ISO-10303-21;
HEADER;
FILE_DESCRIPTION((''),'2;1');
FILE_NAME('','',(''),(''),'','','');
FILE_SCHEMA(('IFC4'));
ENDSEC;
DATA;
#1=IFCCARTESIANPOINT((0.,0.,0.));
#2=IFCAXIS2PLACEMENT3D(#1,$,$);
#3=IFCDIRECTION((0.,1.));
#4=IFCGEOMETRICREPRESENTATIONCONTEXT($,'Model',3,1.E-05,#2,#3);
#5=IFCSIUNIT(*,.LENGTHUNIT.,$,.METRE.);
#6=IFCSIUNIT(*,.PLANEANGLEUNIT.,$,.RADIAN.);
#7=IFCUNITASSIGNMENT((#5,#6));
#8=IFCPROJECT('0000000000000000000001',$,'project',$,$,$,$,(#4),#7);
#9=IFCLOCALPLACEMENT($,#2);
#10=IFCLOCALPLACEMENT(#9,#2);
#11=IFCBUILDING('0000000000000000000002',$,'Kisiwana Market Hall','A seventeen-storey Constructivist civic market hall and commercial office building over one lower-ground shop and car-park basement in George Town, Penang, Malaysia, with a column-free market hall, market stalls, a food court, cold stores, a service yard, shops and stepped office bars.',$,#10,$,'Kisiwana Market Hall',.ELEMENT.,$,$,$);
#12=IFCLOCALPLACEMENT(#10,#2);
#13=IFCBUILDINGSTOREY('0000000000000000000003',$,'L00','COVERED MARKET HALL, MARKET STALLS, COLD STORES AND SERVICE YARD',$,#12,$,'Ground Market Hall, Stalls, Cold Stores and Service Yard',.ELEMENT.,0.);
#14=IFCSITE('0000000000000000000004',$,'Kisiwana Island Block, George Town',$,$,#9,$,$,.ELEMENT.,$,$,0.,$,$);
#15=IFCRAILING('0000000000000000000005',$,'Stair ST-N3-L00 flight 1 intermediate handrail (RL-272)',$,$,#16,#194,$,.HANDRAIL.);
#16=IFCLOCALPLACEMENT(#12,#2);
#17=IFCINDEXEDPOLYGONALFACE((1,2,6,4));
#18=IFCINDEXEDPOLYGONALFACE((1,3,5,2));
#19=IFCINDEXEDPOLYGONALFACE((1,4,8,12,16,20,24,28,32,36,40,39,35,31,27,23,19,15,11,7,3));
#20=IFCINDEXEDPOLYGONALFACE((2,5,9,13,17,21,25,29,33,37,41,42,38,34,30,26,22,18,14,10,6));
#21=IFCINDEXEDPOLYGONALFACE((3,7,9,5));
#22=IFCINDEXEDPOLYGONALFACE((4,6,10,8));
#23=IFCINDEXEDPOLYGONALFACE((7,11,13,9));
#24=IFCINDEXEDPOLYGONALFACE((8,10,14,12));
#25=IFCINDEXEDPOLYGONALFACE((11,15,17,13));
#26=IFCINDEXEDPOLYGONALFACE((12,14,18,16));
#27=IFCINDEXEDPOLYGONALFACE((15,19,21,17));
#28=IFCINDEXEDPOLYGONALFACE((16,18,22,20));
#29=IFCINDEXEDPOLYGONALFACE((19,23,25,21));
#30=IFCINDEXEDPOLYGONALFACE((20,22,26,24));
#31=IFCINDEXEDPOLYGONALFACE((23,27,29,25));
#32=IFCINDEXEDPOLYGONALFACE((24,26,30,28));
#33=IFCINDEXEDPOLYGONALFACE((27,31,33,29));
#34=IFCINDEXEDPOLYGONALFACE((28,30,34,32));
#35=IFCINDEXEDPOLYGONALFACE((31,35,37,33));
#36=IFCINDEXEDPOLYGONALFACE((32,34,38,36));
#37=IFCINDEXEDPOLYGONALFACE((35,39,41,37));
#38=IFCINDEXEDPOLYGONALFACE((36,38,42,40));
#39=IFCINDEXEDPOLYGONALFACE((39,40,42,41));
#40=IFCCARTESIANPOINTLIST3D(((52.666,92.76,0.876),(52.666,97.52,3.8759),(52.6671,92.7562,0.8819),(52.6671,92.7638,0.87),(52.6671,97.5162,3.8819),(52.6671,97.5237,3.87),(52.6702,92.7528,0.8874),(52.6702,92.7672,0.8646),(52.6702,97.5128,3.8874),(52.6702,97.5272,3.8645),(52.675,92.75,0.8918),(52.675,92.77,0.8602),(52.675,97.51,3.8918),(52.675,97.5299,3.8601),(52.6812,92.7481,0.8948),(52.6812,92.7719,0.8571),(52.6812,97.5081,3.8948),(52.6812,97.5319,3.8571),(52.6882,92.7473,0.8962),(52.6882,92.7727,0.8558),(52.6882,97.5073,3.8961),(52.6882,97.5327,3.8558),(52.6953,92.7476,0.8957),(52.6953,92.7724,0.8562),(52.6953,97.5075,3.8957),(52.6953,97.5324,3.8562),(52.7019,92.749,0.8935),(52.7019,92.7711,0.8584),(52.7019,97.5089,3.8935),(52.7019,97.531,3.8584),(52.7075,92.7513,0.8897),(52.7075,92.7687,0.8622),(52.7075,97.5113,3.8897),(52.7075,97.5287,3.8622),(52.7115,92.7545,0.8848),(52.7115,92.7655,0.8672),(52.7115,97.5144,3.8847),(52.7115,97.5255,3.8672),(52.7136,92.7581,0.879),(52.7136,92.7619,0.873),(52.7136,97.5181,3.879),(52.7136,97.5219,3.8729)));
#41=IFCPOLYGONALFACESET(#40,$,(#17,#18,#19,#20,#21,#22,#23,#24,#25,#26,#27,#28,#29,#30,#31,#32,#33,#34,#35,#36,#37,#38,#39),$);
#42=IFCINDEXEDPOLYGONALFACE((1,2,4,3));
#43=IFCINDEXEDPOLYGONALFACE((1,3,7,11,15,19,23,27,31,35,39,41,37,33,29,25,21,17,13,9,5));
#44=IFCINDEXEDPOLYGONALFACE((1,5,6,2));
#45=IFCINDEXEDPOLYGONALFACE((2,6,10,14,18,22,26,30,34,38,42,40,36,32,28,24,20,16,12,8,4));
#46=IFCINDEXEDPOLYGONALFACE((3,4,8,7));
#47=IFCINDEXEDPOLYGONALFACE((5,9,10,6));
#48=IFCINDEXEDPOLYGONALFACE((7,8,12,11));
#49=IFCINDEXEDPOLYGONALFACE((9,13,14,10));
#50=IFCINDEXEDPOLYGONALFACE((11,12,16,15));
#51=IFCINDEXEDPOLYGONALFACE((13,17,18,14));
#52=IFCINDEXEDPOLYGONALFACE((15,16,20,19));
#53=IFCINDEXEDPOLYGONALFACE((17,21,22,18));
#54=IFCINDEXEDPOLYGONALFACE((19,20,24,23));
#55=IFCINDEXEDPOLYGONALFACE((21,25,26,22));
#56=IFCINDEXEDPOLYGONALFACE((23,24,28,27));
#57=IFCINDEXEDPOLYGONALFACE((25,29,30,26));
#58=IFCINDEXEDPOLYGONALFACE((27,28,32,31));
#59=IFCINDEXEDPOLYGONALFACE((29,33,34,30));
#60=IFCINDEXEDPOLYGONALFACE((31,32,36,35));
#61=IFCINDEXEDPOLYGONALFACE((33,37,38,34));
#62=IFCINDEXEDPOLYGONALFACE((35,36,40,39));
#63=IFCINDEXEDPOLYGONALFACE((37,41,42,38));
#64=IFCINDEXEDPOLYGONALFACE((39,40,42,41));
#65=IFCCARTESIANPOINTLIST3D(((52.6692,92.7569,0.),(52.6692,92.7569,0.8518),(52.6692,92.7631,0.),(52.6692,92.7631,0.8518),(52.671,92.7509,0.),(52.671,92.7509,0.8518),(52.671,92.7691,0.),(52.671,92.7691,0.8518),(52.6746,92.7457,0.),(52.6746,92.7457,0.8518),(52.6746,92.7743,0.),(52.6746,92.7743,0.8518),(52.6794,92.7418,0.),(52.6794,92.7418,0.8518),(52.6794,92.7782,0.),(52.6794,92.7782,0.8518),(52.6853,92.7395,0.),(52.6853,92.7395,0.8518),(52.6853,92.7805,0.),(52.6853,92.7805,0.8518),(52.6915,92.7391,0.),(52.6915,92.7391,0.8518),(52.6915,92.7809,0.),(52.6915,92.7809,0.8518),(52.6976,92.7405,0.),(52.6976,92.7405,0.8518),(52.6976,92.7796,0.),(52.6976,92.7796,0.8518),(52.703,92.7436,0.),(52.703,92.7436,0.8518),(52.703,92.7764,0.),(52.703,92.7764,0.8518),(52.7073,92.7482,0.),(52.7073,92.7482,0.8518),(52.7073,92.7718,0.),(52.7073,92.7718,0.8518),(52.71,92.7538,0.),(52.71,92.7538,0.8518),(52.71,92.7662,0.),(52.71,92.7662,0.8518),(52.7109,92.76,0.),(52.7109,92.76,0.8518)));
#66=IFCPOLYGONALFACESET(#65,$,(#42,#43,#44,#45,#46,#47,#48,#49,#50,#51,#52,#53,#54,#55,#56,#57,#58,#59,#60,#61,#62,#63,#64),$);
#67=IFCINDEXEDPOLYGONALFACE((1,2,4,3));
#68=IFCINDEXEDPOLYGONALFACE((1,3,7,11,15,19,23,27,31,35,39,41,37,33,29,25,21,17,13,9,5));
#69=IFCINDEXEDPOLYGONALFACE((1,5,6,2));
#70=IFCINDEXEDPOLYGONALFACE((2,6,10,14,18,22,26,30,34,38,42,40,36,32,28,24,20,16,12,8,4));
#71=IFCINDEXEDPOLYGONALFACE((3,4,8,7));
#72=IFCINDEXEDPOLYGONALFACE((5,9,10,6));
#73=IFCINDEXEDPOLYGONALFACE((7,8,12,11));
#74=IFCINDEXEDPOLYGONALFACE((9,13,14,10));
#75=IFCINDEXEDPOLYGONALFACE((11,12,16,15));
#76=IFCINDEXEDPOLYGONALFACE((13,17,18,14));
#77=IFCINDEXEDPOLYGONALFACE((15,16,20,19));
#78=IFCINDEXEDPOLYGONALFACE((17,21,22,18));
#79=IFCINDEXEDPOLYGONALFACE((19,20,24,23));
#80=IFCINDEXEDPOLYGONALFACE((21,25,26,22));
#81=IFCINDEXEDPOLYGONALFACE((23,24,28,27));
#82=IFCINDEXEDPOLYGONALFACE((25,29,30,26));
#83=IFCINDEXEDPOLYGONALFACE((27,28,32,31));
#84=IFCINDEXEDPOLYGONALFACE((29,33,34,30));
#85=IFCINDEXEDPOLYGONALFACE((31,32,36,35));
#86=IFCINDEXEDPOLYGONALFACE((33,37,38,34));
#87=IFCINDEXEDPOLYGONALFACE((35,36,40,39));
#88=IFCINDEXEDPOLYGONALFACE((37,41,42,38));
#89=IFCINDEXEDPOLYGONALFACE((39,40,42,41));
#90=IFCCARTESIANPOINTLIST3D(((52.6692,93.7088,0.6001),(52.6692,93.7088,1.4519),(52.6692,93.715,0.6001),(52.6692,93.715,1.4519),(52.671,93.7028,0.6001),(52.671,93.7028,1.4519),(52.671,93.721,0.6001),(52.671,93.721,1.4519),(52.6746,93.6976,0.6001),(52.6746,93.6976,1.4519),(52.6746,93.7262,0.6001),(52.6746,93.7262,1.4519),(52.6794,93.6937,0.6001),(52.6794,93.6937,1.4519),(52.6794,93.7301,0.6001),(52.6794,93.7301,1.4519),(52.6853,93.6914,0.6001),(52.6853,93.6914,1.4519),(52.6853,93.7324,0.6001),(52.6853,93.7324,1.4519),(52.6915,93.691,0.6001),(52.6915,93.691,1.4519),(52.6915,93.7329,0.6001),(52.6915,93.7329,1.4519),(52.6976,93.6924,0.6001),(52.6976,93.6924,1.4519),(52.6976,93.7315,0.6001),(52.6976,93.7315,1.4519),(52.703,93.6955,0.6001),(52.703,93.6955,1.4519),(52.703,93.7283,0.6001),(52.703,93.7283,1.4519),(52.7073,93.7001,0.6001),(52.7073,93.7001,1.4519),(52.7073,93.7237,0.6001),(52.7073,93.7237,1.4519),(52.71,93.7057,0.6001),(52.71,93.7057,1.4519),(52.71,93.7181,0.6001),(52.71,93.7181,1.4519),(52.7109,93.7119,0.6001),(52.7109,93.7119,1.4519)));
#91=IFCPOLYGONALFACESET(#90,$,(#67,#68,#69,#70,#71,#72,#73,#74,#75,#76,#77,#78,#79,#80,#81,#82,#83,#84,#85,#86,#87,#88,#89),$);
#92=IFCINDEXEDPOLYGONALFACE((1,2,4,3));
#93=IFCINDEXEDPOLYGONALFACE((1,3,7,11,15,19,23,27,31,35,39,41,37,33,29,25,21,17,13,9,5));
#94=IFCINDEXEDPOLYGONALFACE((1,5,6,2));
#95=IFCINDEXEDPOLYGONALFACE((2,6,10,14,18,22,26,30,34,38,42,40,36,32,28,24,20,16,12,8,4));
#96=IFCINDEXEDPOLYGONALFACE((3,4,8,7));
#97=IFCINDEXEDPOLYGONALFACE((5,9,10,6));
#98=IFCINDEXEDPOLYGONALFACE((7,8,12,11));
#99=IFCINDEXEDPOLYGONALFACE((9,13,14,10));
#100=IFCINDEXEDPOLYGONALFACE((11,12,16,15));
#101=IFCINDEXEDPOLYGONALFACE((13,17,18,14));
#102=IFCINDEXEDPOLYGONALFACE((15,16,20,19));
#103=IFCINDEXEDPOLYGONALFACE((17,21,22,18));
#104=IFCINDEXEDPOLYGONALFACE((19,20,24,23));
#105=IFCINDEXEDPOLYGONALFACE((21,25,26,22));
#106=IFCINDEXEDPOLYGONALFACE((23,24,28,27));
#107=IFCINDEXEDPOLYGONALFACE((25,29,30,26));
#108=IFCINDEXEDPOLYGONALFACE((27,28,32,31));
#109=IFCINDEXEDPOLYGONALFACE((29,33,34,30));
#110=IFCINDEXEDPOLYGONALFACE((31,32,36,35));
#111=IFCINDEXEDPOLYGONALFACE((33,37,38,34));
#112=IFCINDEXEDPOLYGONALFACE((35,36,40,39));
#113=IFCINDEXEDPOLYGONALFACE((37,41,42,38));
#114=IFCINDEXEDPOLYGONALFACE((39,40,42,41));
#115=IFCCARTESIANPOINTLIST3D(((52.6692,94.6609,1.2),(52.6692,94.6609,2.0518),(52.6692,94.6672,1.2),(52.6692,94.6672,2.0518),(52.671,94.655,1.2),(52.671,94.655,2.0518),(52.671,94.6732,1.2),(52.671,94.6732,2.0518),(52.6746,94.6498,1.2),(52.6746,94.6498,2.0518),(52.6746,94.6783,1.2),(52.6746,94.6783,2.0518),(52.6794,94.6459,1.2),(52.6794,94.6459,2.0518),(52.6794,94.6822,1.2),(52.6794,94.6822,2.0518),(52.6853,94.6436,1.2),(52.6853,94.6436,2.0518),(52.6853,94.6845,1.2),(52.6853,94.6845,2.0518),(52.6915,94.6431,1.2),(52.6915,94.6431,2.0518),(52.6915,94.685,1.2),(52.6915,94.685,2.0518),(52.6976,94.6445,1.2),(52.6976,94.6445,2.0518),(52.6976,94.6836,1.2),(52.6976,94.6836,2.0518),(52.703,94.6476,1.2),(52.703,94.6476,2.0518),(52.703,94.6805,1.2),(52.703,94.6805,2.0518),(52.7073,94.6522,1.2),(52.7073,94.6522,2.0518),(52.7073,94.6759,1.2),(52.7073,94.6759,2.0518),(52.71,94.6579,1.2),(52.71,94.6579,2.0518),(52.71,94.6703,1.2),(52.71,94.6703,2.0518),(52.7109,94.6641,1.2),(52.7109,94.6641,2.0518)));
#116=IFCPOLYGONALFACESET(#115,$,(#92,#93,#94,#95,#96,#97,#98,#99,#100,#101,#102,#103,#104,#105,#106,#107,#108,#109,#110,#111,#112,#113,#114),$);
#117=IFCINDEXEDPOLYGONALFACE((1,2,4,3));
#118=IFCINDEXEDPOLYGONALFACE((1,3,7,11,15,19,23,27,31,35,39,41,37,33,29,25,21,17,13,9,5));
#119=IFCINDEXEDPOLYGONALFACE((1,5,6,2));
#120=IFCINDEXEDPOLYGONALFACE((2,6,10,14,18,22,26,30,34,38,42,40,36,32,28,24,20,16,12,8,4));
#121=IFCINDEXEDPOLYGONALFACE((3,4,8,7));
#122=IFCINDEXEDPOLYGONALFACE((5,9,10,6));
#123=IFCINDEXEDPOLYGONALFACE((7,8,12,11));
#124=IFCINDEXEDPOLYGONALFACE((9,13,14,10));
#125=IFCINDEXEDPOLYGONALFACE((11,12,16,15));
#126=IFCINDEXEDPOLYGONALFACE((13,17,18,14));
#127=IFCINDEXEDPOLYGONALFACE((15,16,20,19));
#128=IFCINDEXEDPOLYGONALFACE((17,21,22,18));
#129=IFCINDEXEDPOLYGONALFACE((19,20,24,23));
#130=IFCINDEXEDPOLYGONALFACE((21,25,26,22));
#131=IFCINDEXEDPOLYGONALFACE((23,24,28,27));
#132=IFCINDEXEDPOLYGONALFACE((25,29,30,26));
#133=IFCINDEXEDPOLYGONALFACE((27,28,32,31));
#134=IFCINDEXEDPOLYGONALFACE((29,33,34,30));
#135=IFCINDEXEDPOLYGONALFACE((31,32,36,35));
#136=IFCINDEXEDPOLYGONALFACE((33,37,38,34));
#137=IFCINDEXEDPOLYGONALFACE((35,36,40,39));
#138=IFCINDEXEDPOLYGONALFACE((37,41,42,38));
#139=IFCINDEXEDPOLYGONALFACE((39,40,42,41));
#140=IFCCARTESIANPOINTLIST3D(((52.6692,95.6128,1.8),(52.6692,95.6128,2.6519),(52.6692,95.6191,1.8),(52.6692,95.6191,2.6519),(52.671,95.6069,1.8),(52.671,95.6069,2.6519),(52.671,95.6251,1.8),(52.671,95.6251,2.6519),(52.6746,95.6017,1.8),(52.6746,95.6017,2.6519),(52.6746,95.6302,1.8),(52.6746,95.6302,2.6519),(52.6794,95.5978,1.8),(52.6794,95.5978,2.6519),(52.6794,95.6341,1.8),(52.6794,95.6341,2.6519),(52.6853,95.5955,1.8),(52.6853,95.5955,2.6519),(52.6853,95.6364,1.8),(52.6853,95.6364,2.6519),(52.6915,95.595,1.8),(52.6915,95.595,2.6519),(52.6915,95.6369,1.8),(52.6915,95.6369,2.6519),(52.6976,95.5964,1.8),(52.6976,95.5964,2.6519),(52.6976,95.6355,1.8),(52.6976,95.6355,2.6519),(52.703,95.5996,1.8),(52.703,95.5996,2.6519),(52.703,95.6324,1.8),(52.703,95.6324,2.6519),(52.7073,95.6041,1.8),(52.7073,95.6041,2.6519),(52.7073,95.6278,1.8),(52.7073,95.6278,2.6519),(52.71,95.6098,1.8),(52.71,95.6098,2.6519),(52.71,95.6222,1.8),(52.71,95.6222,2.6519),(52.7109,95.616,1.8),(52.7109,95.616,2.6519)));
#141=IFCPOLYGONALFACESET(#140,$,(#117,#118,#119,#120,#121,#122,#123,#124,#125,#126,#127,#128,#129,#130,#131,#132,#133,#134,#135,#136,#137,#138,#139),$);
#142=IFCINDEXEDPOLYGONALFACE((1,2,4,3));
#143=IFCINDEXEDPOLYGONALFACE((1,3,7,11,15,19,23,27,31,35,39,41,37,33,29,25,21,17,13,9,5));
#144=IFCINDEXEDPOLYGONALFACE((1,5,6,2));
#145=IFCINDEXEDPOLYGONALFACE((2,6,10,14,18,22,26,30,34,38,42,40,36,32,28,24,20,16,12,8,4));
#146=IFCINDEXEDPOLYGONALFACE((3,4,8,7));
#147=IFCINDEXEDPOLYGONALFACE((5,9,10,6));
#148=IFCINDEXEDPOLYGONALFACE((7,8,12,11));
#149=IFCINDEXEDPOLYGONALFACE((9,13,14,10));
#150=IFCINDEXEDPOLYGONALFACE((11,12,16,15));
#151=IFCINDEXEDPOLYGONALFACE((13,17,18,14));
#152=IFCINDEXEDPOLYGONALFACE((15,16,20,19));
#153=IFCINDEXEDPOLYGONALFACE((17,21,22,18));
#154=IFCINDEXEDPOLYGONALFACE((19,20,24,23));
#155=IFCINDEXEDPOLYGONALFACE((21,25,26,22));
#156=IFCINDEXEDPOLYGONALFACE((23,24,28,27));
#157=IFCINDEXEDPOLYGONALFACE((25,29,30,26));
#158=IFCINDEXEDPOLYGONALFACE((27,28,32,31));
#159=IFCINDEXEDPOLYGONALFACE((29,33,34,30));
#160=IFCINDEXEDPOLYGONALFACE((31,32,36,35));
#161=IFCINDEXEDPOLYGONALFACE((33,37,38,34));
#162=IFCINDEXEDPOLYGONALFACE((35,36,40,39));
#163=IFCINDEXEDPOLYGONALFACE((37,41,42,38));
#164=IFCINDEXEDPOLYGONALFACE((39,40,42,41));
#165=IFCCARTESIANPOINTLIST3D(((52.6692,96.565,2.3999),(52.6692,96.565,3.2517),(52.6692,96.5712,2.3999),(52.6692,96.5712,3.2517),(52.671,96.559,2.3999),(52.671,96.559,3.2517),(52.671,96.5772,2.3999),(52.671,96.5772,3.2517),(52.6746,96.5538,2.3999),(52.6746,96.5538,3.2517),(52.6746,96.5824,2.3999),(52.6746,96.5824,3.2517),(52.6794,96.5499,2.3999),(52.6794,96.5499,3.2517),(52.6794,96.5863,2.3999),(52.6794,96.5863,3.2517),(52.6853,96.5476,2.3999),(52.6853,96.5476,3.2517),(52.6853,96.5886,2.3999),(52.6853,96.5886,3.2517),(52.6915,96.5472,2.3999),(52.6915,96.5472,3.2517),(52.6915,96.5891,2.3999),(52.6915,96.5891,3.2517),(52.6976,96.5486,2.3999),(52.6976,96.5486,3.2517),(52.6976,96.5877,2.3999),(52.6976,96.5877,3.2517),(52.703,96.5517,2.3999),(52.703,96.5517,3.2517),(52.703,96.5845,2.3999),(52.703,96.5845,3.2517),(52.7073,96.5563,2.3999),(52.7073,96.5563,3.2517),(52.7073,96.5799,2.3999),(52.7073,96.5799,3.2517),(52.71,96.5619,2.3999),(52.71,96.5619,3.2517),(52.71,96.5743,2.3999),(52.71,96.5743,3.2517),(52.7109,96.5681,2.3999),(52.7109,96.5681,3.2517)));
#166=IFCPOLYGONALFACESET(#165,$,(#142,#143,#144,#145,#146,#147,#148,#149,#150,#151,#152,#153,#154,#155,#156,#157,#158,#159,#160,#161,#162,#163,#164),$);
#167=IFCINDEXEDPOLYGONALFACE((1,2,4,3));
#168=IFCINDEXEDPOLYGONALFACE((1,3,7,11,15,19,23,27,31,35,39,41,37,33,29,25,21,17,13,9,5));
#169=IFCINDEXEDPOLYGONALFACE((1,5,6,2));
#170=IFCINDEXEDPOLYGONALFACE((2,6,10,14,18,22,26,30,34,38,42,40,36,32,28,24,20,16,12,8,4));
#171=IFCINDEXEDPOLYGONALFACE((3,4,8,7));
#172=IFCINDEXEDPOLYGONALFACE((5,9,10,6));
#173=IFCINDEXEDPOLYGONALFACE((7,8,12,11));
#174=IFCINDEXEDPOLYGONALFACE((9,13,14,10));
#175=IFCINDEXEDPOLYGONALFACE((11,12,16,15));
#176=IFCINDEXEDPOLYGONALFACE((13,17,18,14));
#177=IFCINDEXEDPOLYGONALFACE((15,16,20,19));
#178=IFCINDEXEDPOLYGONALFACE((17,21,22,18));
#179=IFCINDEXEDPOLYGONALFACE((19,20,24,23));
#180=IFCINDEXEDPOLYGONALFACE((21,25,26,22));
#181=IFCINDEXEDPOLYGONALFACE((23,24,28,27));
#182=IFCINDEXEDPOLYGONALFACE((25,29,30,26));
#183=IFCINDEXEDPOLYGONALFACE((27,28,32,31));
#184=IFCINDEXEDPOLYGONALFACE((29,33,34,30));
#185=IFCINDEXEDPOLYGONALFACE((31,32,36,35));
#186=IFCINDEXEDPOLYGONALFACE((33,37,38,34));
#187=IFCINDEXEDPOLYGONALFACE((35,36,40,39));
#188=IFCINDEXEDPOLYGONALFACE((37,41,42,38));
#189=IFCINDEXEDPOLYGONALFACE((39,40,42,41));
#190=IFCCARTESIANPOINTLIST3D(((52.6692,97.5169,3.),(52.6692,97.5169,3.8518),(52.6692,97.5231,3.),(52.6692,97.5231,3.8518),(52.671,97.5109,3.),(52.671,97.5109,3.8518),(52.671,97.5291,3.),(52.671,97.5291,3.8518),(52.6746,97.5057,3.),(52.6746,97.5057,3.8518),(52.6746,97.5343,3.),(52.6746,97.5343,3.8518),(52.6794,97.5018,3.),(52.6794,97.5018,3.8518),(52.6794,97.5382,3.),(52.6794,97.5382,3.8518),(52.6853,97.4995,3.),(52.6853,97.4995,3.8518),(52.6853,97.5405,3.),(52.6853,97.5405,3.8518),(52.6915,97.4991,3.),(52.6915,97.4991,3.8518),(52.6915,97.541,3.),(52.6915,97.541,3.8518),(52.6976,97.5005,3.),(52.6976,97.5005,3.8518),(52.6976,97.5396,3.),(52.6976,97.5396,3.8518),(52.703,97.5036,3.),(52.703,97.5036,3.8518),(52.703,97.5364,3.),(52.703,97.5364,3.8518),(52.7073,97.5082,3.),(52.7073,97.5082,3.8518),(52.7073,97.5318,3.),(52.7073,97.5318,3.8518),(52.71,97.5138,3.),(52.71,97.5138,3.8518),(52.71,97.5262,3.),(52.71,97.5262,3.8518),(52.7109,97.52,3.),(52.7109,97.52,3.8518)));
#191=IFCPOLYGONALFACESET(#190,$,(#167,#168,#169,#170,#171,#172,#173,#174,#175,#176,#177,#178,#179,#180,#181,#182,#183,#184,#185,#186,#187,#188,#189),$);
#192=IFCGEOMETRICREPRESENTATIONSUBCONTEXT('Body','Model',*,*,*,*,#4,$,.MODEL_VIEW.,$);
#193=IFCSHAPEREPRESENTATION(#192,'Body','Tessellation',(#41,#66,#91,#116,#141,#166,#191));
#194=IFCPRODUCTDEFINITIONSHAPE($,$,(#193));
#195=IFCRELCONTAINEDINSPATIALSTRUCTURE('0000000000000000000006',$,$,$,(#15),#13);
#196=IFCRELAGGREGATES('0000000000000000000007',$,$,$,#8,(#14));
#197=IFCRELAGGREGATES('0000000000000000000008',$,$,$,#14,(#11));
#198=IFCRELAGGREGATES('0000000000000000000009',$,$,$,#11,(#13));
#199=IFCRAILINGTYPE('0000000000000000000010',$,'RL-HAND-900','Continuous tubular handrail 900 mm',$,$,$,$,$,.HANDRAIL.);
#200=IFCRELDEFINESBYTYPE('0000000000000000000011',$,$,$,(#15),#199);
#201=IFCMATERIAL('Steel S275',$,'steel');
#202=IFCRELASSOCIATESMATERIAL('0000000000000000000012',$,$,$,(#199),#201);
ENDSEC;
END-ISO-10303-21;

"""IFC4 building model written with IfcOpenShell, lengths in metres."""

from ifc_helpers import new_model, si_unit, direction, frame, origin, origin_2d, place, context, subcontext, project, spatial, circle, extrude, material, type_object, element, save


model = new_model("IFC4")

# Units and contexts
model_context = context("Model", 3, precision=1e-05, world=origin(), true_north=direction((0.0, 1.0)))
body_context = subcontext(model_context, "Body", "Model", "MODEL_VIEW")
ifc_project = project(units=[si_unit("LENGTHUNIT", "METRE"), si_unit("PLANEANGLEUNIT", "RADIAN")], contexts=[model_context])

# Site, building, storey
site_placement = place(None, origin())
site = spatial("IfcSite", under=ifc_project, at=site_placement, Name="Kisiwana Island Block, George Town", CompositionType="ELEMENT", RefElevation=0.0)
building_placement = place(site_placement, origin())
building = spatial("IfcBuilding", under=site, at=building_placement, Name="Kisiwana Market Hall", Description="A seventeen-storey Constructivist civic market hall and commercial office building over one lower-ground shop and car-park basement in George Town, Penang, Malaysia, with a column-free market hall, market stalls, a food court, cold stores, a service yard, shops and stepped office bars.", LongName="Kisiwana Market Hall", CompositionType="ELEMENT")
storey_placement = place(building_placement, origin())
storey = spatial("IfcBuildingStorey", under=building, at=storey_placement, Name="L00", Description="COVERED MARKET HALL, MARKET STALLS, COLD STORES AND SERVICE YARD", LongName="Ground Market Hall, Stalls, Cold Stores and Service Yard", CompositionType="ELEMENT", Elevation=0.0)

# Railing
ifc_material_1 = material(Name="Steel S275", Category="steel")
railing_type_1 = type_object("IfcRailingType", Name="RL-HAND-900", Description="Continuous tubular handrail 900 mm", PredefinedType="HANDRAIL", material=ifc_material_1)
for number, where, name in (
    (1, (52.6899, 92.76, 0.0), "Stair ST-N3-L00 flight 1 intermediate handrail (RL-272)"),
):
    element("IfcRailing", number, at=place(storey_placement, frame(where)), inside=storey, type_object=railing_type_1, Name=name, PredefinedType="HANDRAIL", context=body_context, shape_type="SweptSolid", body=[
        extrude(circle(Radius=0.0239, at=origin_2d()), frame((0.0, 0.0, 0.876), z_axis=(0.0, 0.845996, 0.53319), x_axis=(-1.0, 0.0, 0.0)), (0.0, 0.0, 1.0), 5.6265),
        extrude(circle(Radius=0.021, at=origin_2d()), origin(), (0.0, 0.0, 1.0), 0.8518),
        extrude(circle(Radius=0.021, at=origin_2d()), frame((0.0, 0.9519, 0.6001)), (0.0, 0.0, 1.0), 0.8518),
        extrude(circle(Radius=0.021, at=origin_2d()), frame((0.0, 1.9041, 1.2)), (0.0, 0.0, 1.0), 0.8518),
        extrude(circle(Radius=0.021, at=origin_2d()), frame((0.0, 2.856, 1.8)), (0.0, 0.0, 1.0), 0.8518),
        extrude(circle(Radius=0.021, at=origin_2d()), frame((0.0, 3.8081, 2.3999)), (0.0, 0.0, 1.0), 0.8518),
        extrude(circle(Radius=0.021, at=origin_2d()), frame((0.0, 4.76, 3.0)), (0.0, 0.0, 1.0), 0.8518),
    ])

save(model, "model.ifc")
